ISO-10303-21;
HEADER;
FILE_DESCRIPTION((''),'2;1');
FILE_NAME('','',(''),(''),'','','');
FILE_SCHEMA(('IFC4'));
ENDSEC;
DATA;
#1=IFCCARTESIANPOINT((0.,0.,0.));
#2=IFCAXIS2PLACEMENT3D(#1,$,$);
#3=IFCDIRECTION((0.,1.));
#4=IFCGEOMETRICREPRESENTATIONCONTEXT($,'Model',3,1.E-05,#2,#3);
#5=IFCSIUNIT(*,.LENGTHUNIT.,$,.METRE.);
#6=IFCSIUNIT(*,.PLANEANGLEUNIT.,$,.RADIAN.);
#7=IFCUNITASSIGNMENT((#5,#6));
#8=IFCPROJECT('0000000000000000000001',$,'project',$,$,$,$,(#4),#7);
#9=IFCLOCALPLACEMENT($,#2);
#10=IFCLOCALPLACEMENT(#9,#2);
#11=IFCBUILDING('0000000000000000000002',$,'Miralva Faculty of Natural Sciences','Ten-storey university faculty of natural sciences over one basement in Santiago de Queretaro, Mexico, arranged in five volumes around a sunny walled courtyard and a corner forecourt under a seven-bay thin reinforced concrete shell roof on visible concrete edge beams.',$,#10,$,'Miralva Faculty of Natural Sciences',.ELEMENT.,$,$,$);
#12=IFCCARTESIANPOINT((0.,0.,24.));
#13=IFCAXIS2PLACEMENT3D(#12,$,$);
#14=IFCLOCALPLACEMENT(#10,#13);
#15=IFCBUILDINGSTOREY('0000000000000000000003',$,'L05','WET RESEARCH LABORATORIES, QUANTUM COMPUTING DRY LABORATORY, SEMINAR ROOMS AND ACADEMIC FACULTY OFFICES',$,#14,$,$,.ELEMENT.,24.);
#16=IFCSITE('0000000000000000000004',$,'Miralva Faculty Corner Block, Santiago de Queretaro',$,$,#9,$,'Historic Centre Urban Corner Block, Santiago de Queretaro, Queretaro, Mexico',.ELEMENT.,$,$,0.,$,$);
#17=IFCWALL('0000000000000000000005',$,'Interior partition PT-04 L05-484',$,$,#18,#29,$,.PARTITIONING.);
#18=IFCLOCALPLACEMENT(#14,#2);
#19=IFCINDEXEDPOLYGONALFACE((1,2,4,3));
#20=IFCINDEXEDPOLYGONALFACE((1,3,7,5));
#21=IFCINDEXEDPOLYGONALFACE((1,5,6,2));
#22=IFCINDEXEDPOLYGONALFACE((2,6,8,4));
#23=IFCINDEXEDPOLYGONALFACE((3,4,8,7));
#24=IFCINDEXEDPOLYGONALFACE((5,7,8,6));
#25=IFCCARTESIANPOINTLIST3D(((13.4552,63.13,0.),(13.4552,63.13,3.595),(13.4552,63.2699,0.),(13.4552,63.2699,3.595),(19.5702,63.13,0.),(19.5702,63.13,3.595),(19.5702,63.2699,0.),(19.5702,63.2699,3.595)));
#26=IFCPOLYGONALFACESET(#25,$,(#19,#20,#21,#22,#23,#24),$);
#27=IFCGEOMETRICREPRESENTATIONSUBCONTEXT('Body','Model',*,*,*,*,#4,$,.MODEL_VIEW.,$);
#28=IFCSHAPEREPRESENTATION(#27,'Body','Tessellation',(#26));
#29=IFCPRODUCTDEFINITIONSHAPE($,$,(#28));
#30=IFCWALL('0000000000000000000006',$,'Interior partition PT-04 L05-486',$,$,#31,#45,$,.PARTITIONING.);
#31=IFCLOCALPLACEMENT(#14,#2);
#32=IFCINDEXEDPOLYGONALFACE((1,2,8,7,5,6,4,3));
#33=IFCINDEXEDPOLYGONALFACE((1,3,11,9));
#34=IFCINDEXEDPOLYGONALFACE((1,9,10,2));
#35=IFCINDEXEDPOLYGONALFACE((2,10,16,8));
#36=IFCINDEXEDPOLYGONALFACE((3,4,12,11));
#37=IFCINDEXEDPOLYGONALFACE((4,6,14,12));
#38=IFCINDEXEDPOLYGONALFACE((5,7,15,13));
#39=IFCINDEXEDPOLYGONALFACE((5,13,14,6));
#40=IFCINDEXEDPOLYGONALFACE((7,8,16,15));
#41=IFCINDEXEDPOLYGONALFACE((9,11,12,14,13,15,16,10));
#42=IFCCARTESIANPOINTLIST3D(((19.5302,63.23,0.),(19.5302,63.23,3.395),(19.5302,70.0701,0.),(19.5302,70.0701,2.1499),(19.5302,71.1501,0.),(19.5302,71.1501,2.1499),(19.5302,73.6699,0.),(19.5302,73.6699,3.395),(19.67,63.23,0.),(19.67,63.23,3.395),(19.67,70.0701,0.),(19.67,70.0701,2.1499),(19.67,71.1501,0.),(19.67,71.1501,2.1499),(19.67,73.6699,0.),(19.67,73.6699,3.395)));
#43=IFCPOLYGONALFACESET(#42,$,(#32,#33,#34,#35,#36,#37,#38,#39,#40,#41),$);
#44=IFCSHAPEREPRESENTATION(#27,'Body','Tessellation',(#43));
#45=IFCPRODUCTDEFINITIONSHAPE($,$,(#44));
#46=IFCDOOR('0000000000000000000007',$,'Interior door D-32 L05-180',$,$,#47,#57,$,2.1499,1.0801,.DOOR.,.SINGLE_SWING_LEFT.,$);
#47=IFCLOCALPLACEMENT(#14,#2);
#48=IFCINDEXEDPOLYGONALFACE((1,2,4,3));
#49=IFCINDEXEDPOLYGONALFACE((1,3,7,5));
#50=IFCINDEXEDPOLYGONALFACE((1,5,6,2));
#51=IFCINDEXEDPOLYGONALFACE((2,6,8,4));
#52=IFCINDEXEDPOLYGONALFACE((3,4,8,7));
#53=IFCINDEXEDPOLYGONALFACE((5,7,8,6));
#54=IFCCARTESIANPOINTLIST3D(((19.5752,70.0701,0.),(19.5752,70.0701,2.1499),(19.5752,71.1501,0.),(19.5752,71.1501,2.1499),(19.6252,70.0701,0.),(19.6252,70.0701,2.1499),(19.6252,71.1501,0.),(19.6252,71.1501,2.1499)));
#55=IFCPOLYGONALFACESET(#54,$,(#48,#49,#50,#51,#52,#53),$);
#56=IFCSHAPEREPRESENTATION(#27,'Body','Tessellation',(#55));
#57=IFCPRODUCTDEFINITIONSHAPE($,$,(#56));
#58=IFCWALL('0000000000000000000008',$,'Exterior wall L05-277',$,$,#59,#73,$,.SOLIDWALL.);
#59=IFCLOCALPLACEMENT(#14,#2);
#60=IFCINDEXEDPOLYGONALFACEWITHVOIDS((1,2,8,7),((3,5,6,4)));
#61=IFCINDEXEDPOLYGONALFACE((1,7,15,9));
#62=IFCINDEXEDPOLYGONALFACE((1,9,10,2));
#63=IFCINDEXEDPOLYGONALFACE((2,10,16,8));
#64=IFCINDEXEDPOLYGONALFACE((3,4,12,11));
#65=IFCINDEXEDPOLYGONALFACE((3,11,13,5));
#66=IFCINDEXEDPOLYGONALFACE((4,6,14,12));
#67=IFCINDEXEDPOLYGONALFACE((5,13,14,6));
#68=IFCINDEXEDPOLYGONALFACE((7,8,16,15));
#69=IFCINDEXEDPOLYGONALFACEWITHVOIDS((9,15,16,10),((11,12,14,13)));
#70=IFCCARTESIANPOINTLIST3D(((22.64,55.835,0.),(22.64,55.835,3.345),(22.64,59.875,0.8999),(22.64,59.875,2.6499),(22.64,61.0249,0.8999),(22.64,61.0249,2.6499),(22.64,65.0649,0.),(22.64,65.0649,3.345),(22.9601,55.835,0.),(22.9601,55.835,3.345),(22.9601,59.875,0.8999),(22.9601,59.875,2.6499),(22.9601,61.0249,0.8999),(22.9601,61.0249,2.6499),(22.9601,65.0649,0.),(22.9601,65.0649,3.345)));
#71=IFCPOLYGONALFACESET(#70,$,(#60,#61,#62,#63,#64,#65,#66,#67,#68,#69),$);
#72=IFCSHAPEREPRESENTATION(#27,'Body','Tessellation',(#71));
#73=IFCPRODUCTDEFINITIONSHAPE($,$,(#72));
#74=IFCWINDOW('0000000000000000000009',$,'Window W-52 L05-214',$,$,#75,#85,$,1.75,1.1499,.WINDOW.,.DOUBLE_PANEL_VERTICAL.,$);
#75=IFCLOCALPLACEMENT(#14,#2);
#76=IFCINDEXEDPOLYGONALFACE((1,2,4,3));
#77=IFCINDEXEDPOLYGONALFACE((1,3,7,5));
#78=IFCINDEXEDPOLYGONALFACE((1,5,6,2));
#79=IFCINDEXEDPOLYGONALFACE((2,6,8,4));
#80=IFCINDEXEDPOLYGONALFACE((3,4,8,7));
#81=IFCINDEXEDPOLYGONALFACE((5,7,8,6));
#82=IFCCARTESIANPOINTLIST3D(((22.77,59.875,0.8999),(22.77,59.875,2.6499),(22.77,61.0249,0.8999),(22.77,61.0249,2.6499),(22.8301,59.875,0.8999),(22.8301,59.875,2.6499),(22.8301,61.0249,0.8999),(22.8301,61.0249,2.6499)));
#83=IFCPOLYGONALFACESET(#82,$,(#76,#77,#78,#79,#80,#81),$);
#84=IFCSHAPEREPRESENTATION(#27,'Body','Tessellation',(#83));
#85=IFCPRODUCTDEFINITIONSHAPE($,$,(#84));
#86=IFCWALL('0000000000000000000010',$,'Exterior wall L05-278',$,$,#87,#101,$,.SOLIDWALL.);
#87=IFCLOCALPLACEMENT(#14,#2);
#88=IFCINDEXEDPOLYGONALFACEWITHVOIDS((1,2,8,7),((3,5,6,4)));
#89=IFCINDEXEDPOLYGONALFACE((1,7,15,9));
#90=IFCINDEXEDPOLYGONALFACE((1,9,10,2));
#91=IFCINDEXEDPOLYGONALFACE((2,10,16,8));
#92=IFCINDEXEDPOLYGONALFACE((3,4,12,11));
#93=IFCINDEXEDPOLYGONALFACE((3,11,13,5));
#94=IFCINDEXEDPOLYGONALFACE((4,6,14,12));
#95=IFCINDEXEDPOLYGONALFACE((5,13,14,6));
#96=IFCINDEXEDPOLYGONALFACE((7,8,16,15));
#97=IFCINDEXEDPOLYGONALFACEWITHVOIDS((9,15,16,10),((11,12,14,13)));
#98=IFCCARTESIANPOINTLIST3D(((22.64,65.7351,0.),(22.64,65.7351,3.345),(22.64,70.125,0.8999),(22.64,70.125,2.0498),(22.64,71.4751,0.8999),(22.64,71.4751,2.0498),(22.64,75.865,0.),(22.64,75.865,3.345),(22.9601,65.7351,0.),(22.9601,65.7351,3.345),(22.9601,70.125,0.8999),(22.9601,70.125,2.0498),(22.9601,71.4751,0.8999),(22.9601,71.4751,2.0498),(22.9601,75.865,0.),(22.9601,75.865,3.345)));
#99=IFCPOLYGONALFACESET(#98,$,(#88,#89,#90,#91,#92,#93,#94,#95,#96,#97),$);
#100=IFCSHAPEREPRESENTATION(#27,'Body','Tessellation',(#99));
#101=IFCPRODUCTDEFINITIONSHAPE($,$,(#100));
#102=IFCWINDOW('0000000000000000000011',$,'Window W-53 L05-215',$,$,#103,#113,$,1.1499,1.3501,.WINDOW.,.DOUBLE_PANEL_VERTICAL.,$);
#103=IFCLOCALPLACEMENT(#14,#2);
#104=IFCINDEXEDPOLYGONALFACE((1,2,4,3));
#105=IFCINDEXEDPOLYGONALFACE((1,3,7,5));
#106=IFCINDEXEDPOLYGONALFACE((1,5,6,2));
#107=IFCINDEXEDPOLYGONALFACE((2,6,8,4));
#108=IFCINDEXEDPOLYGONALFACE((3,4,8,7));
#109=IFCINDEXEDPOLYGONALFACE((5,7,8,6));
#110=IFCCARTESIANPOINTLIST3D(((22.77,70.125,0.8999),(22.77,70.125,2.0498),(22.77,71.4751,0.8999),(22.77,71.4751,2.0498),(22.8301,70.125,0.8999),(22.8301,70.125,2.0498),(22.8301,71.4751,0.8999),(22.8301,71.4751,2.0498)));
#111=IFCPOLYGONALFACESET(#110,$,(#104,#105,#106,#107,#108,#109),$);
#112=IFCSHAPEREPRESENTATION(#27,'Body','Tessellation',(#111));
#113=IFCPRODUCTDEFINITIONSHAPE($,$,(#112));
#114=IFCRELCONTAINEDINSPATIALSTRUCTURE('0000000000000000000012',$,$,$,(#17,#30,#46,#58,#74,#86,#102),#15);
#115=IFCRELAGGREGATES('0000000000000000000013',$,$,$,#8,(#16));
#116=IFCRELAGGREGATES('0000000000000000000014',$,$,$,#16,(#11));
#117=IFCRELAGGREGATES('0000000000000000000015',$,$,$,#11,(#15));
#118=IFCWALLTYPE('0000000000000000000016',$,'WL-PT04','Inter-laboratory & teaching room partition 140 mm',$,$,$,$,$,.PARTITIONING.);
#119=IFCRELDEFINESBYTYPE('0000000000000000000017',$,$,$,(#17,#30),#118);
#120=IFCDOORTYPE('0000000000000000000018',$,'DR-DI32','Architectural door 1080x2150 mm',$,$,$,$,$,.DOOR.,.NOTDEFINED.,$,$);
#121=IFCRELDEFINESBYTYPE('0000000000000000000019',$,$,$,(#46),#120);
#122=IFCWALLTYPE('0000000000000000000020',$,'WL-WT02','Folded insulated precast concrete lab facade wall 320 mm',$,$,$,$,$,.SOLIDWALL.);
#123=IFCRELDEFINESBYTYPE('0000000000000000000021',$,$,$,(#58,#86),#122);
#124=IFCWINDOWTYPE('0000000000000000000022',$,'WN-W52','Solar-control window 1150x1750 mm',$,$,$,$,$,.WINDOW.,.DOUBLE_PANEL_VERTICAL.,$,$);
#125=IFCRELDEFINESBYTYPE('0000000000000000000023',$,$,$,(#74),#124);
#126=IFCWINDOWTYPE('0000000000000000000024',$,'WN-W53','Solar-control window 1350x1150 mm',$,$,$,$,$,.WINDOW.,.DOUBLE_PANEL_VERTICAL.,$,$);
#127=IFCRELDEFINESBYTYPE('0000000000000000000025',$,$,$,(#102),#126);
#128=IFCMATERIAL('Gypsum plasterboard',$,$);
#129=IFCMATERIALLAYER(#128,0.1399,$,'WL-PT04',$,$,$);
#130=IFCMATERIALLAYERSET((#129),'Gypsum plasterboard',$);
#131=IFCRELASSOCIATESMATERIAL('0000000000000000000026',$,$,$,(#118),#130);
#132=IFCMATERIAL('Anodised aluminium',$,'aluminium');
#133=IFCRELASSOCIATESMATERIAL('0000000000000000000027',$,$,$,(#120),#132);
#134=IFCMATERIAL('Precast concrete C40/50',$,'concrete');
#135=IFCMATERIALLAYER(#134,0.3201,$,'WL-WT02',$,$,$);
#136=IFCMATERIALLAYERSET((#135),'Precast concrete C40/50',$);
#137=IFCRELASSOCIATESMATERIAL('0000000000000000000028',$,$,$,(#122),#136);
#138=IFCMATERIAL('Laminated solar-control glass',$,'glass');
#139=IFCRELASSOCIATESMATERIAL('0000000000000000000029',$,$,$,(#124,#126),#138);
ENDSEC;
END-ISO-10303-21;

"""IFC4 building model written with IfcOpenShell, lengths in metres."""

from ifc_helpers import new_model, si_unit, direction, frame, frame_2d, origin, place, context, subcontext, project, spatial, rectangle, extrude, material, layer, layer_set, type_object, element, fill, save


model = new_model("IFC4")

# Units and contexts
model_context = context("Model", 3, precision=1e-05, world=origin(), true_north=direction((0.0, 1.0)))
body_context = subcontext(model_context, "Body", "Model", "MODEL_VIEW")
ifc_project = project(units=[si_unit("LENGTHUNIT", "METRE"), si_unit("PLANEANGLEUNIT", "RADIAN")], contexts=[model_context])

# Site, building, storey
site_placement = place(None, origin())
site = spatial("IfcSite", under=ifc_project, at=site_placement, Name="Miralva Faculty Corner Block, Santiago de Queretaro", LongName="Historic Centre Urban Corner Block, Santiago de Queretaro, Queretaro, Mexico", CompositionType="ELEMENT", RefElevation=0.0)
building_placement = place(site_placement, origin())
building = spatial("IfcBuilding", under=site, at=building_placement, Name="Miralva Faculty of Natural Sciences", Description="Ten-storey university faculty of natural sciences over one basement in Santiago de Queretaro, Mexico, arranged in five volumes around a sunny walled courtyard and a corner forecourt under a seven-bay thin reinforced concrete shell roof on visible concrete edge beams.", LongName="Miralva Faculty of Natural Sciences", CompositionType="ELEMENT")
storey_placement = place(building_placement, frame((0.0, 0.0, 24.0)))
storey = spatial("IfcBuildingStorey", under=building, at=storey_placement, Name="L05", Description="WET RESEARCH LABORATORIES, QUANTUM COMPUTING DRY LABORATORY, SEMINAR ROOMS AND ACADEMIC FACULTY OFFICES", CompositionType="ELEMENT", Elevation=24.0)

# Shared definitions
ifc_material_1 = material(Name="Gypsum plasterboard")

# Wall
ifc_layer_1 = layer(ifc_material_1, 0.1399, Name="WL-PT04")
ifc_layer_set_1 = layer_set([ifc_layer_1], Name="Gypsum plasterboard")
wall_type_1 = type_object("IfcWallType", Name="WL-PT04", Description="Inter-laboratory & teaching room partition 140 mm", PredefinedType="PARTITIONING", material=ifc_layer_set_1)
wall_1_placement = place(storey_placement, frame((13.4551, 63.2, 0.0), z_axis=(0.0, 0.0, 1.0), x_axis=(1.0, 0.0, 0.0)))
element("IfcWall", 1, at=wall_1_placement, inside=storey, type_object=wall_type_1, Name="Interior partition PT-04 L05-484", PredefinedType="PARTITIONING", context=body_context, shape_type="SweptSolid", body=[
    extrude(rectangle(XDim=6.115, YDim=0.1399, at=frame_2d((3.0576, 0.0))), origin(), (0.0, 0.0, 1.0), 3.595),
])

# Wall, opening, door
wall_2_placement = place(storey_placement, frame((19.6001, 63.23, 0.0), z_axis=(0.0, 0.0, 1.0), x_axis=(0.0, 1.0, 0.0)))
wall_2 = element("IfcWall", 2, at=wall_2_placement, inside=storey, type_object=wall_type_1, Name="Interior partition PT-04 L05-486", PredefinedType="PARTITIONING", context=body_context, shape_type="SweptSolid", body=[
    extrude(rectangle(XDim=10.4399, YDim=0.1399, at=frame_2d((5.22, 0.0))), origin(), (0.0, 0.0, 1.0), 3.395),
])
opening_1_placement = place(wall_2_placement, frame((6.8401, 0.0, 0.0)))
opening_1 = element("IfcOpeningElement", 3, at=opening_1_placement, cuts=wall_2, PredefinedType="OPENING", context=body_context, shape_type="SweptSolid", body=[
    extrude(rectangle(XDim=1.0801, YDim=2.1499, at=frame_2d((0.54, 1.075))), frame((0.0, 0.0798, 0.0), z_axis=(0.0, -1.0, 0.0), x_axis=(1.0, 0.0, 0.0)), (0.0, 0.0, 1.0), 0.1599),
])
ifc_material_2 = material(Name="Anodised aluminium", Category="aluminium")
door_type_1 = type_object("IfcDoorType", Name="DR-DI32", Description="Architectural door 1080x2150 mm", OperationType="NOTDEFINED", PredefinedType="DOOR", material=ifc_material_2)
door_1_placement = place(opening_1_placement, origin())
door_1 = element("IfcDoor", 4, at=door_1_placement, inside=storey, type_object=door_type_1, Name="Interior door D-32 L05-180", OperationType="SINGLE_SWING_LEFT", OverallHeight=2.1499, OverallWidth=1.0801, PredefinedType="DOOR", context=body_context, shape_type="SweptSolid", body=[
    extrude(rectangle(XDim=1.0801, YDim=2.1499, at=frame_2d((0.54, 1.075))), frame((0.0, 0.0249, 0.0), z_axis=(0.0, -1.0, 0.0), x_axis=(1.0, 0.0, 0.0)), (0.0, 0.0, 1.0), 0.05),
])
fill(opening_1, door_1)

# Walls, openings, windows
ifc_material_3 = material(Name="Precast concrete C40/50", Category="concrete")
ifc_layer_2 = layer(ifc_material_3, 0.3201, Name="WL-WT02")
ifc_layer_set_2 = layer_set([ifc_layer_2], Name="Precast concrete C40/50")
wall_type_2 = type_object("IfcWallType", Name="WL-WT02", Description="Folded insulated precast concrete lab facade wall 320 mm", PredefinedType="SOLIDWALL", material=ifc_layer_set_2)
wall_3_placement = place(storey_placement, frame((22.8, 55.835, 0.0), z_axis=(0.0, 0.0, 1.0), x_axis=(0.0, 1.0, 0.0)))
wall_3 = element("IfcWall", 5, at=wall_3_placement, inside=storey, type_object=wall_type_2, Name="Exterior wall L05-277", PredefinedType="SOLIDWALL", context=body_context, shape_type="SweptSolid", body=[
    extrude(rectangle(XDim=9.23, YDim=0.3201, at=frame_2d((4.615, 0.0))), origin(), (0.0, 0.0, 1.0), 3.345),
])
opening_2_placement = place(wall_3_placement, frame((4.04, 0.0, 0.8999)))
opening_2 = element("IfcOpeningElement", 6, at=opening_2_placement, cuts=wall_3, PredefinedType="OPENING", context=body_context, shape_type="SweptSolid", body=[
    extrude(rectangle(XDim=1.1499, YDim=1.75, at=frame_2d((0.575, 0.875))), frame((0.0, 0.1699, 0.0), z_axis=(0.0, -1.0, 0.0), x_axis=(1.0, 0.0, 0.0)), (0.0, 0.0, 1.0), 0.3401),
])
ifc_material_4 = material(Name="Laminated solar-control glass", Category="glass")
window_type_1 = type_object("IfcWindowType", Name="WN-W52", Description="Solar-control window 1150x1750 mm", PartitioningType="DOUBLE_PANEL_VERTICAL", PredefinedType="WINDOW", material=ifc_material_4)
window_1_placement = place(opening_2_placement, frame((1.1499, 0.0, 0.0), z_axis=(0.0, 0.0, 1.0), x_axis=(-1.0, 0.0, 0.0)))
window_1 = element("IfcWindow", 7, at=window_1_placement, inside=storey, type_object=window_type_1, Name="Window W-52 L05-214", OverallHeight=1.75, OverallWidth=1.1499, PartitioningType="DOUBLE_PANEL_VERTICAL", PredefinedType="WINDOW", context=body_context, shape_type="SweptSolid", body=[
    extrude(rectangle(XDim=1.1499, YDim=1.75, at=frame_2d((0.575, 0.875))), frame((0.0, 0.03, 0.0), z_axis=(0.0, -1.0, 0.0), x_axis=(1.0, 0.0, 0.0)), (0.0, 0.0, 1.0), 0.0601),
])
fill(opening_2, window_1)
wall_4_placement = place(storey_placement, frame((22.8, 65.7351, 0.0), z_axis=(0.0, 0.0, 1.0), x_axis=(0.0, 1.0, 0.0)))
wall_4 = element("IfcWall", 8, at=wall_4_placement, inside=storey, type_object=wall_type_2, Name="Exterior wall L05-278", PredefinedType="SOLIDWALL", context=body_context, shape_type="SweptSolid", body=[
    extrude(rectangle(XDim=10.1299, YDim=0.3201, at=frame_2d((5.0649, 0.0))), origin(), (0.0, 0.0, 1.0), 3.345),
])
opening_3_placement = place(wall_4_placement, frame((4.3899, 0.0, 0.8999)))
opening_3 = element("IfcOpeningElement", 9, at=opening_3_placement, cuts=wall_4, PredefinedType="OPENING", context=body_context, shape_type="SweptSolid", body=[
    extrude(rectangle(XDim=1.3501, YDim=1.1499, at=frame_2d((0.675, 0.575))), frame((0.0, 0.1699, 0.0), z_axis=(0.0, -1.0, 0.0), x_axis=(1.0, 0.0, 0.0)), (0.0, 0.0, 1.0), 0.3401),
])
window_type_2 = type_object("IfcWindowType", Name="WN-W53", Description="Solar-control window 1350x1150 mm", PartitioningType="DOUBLE_PANEL_VERTICAL", PredefinedType="WINDOW", material=ifc_material_4)
window_2_placement = place(opening_3_placement, frame((1.3501, 0.0, 0.0), z_axis=(0.0, 0.0, 1.0), x_axis=(-1.0, 0.0, 0.0)))
window_2 = element("IfcWindow", 10, at=window_2_placement, inside=storey, type_object=window_type_2, Name="Window W-53 L05-215", OverallHeight=1.1499, OverallWidth=1.3501, PartitioningType="DOUBLE_PANEL_VERTICAL", PredefinedType="WINDOW", context=body_context, shape_type="SweptSolid", body=[
    extrude(rectangle(XDim=1.3501, YDim=1.1499, at=frame_2d((0.675, 0.575))), frame((0.0, 0.03, 0.0), z_axis=(0.0, -1.0, 0.0), x_axis=(1.0, 0.0, 0.0)), (0.0, 0.0, 1.0), 0.0601),
])
fill(opening_3, window_2)

save(model, "model.ifc")
